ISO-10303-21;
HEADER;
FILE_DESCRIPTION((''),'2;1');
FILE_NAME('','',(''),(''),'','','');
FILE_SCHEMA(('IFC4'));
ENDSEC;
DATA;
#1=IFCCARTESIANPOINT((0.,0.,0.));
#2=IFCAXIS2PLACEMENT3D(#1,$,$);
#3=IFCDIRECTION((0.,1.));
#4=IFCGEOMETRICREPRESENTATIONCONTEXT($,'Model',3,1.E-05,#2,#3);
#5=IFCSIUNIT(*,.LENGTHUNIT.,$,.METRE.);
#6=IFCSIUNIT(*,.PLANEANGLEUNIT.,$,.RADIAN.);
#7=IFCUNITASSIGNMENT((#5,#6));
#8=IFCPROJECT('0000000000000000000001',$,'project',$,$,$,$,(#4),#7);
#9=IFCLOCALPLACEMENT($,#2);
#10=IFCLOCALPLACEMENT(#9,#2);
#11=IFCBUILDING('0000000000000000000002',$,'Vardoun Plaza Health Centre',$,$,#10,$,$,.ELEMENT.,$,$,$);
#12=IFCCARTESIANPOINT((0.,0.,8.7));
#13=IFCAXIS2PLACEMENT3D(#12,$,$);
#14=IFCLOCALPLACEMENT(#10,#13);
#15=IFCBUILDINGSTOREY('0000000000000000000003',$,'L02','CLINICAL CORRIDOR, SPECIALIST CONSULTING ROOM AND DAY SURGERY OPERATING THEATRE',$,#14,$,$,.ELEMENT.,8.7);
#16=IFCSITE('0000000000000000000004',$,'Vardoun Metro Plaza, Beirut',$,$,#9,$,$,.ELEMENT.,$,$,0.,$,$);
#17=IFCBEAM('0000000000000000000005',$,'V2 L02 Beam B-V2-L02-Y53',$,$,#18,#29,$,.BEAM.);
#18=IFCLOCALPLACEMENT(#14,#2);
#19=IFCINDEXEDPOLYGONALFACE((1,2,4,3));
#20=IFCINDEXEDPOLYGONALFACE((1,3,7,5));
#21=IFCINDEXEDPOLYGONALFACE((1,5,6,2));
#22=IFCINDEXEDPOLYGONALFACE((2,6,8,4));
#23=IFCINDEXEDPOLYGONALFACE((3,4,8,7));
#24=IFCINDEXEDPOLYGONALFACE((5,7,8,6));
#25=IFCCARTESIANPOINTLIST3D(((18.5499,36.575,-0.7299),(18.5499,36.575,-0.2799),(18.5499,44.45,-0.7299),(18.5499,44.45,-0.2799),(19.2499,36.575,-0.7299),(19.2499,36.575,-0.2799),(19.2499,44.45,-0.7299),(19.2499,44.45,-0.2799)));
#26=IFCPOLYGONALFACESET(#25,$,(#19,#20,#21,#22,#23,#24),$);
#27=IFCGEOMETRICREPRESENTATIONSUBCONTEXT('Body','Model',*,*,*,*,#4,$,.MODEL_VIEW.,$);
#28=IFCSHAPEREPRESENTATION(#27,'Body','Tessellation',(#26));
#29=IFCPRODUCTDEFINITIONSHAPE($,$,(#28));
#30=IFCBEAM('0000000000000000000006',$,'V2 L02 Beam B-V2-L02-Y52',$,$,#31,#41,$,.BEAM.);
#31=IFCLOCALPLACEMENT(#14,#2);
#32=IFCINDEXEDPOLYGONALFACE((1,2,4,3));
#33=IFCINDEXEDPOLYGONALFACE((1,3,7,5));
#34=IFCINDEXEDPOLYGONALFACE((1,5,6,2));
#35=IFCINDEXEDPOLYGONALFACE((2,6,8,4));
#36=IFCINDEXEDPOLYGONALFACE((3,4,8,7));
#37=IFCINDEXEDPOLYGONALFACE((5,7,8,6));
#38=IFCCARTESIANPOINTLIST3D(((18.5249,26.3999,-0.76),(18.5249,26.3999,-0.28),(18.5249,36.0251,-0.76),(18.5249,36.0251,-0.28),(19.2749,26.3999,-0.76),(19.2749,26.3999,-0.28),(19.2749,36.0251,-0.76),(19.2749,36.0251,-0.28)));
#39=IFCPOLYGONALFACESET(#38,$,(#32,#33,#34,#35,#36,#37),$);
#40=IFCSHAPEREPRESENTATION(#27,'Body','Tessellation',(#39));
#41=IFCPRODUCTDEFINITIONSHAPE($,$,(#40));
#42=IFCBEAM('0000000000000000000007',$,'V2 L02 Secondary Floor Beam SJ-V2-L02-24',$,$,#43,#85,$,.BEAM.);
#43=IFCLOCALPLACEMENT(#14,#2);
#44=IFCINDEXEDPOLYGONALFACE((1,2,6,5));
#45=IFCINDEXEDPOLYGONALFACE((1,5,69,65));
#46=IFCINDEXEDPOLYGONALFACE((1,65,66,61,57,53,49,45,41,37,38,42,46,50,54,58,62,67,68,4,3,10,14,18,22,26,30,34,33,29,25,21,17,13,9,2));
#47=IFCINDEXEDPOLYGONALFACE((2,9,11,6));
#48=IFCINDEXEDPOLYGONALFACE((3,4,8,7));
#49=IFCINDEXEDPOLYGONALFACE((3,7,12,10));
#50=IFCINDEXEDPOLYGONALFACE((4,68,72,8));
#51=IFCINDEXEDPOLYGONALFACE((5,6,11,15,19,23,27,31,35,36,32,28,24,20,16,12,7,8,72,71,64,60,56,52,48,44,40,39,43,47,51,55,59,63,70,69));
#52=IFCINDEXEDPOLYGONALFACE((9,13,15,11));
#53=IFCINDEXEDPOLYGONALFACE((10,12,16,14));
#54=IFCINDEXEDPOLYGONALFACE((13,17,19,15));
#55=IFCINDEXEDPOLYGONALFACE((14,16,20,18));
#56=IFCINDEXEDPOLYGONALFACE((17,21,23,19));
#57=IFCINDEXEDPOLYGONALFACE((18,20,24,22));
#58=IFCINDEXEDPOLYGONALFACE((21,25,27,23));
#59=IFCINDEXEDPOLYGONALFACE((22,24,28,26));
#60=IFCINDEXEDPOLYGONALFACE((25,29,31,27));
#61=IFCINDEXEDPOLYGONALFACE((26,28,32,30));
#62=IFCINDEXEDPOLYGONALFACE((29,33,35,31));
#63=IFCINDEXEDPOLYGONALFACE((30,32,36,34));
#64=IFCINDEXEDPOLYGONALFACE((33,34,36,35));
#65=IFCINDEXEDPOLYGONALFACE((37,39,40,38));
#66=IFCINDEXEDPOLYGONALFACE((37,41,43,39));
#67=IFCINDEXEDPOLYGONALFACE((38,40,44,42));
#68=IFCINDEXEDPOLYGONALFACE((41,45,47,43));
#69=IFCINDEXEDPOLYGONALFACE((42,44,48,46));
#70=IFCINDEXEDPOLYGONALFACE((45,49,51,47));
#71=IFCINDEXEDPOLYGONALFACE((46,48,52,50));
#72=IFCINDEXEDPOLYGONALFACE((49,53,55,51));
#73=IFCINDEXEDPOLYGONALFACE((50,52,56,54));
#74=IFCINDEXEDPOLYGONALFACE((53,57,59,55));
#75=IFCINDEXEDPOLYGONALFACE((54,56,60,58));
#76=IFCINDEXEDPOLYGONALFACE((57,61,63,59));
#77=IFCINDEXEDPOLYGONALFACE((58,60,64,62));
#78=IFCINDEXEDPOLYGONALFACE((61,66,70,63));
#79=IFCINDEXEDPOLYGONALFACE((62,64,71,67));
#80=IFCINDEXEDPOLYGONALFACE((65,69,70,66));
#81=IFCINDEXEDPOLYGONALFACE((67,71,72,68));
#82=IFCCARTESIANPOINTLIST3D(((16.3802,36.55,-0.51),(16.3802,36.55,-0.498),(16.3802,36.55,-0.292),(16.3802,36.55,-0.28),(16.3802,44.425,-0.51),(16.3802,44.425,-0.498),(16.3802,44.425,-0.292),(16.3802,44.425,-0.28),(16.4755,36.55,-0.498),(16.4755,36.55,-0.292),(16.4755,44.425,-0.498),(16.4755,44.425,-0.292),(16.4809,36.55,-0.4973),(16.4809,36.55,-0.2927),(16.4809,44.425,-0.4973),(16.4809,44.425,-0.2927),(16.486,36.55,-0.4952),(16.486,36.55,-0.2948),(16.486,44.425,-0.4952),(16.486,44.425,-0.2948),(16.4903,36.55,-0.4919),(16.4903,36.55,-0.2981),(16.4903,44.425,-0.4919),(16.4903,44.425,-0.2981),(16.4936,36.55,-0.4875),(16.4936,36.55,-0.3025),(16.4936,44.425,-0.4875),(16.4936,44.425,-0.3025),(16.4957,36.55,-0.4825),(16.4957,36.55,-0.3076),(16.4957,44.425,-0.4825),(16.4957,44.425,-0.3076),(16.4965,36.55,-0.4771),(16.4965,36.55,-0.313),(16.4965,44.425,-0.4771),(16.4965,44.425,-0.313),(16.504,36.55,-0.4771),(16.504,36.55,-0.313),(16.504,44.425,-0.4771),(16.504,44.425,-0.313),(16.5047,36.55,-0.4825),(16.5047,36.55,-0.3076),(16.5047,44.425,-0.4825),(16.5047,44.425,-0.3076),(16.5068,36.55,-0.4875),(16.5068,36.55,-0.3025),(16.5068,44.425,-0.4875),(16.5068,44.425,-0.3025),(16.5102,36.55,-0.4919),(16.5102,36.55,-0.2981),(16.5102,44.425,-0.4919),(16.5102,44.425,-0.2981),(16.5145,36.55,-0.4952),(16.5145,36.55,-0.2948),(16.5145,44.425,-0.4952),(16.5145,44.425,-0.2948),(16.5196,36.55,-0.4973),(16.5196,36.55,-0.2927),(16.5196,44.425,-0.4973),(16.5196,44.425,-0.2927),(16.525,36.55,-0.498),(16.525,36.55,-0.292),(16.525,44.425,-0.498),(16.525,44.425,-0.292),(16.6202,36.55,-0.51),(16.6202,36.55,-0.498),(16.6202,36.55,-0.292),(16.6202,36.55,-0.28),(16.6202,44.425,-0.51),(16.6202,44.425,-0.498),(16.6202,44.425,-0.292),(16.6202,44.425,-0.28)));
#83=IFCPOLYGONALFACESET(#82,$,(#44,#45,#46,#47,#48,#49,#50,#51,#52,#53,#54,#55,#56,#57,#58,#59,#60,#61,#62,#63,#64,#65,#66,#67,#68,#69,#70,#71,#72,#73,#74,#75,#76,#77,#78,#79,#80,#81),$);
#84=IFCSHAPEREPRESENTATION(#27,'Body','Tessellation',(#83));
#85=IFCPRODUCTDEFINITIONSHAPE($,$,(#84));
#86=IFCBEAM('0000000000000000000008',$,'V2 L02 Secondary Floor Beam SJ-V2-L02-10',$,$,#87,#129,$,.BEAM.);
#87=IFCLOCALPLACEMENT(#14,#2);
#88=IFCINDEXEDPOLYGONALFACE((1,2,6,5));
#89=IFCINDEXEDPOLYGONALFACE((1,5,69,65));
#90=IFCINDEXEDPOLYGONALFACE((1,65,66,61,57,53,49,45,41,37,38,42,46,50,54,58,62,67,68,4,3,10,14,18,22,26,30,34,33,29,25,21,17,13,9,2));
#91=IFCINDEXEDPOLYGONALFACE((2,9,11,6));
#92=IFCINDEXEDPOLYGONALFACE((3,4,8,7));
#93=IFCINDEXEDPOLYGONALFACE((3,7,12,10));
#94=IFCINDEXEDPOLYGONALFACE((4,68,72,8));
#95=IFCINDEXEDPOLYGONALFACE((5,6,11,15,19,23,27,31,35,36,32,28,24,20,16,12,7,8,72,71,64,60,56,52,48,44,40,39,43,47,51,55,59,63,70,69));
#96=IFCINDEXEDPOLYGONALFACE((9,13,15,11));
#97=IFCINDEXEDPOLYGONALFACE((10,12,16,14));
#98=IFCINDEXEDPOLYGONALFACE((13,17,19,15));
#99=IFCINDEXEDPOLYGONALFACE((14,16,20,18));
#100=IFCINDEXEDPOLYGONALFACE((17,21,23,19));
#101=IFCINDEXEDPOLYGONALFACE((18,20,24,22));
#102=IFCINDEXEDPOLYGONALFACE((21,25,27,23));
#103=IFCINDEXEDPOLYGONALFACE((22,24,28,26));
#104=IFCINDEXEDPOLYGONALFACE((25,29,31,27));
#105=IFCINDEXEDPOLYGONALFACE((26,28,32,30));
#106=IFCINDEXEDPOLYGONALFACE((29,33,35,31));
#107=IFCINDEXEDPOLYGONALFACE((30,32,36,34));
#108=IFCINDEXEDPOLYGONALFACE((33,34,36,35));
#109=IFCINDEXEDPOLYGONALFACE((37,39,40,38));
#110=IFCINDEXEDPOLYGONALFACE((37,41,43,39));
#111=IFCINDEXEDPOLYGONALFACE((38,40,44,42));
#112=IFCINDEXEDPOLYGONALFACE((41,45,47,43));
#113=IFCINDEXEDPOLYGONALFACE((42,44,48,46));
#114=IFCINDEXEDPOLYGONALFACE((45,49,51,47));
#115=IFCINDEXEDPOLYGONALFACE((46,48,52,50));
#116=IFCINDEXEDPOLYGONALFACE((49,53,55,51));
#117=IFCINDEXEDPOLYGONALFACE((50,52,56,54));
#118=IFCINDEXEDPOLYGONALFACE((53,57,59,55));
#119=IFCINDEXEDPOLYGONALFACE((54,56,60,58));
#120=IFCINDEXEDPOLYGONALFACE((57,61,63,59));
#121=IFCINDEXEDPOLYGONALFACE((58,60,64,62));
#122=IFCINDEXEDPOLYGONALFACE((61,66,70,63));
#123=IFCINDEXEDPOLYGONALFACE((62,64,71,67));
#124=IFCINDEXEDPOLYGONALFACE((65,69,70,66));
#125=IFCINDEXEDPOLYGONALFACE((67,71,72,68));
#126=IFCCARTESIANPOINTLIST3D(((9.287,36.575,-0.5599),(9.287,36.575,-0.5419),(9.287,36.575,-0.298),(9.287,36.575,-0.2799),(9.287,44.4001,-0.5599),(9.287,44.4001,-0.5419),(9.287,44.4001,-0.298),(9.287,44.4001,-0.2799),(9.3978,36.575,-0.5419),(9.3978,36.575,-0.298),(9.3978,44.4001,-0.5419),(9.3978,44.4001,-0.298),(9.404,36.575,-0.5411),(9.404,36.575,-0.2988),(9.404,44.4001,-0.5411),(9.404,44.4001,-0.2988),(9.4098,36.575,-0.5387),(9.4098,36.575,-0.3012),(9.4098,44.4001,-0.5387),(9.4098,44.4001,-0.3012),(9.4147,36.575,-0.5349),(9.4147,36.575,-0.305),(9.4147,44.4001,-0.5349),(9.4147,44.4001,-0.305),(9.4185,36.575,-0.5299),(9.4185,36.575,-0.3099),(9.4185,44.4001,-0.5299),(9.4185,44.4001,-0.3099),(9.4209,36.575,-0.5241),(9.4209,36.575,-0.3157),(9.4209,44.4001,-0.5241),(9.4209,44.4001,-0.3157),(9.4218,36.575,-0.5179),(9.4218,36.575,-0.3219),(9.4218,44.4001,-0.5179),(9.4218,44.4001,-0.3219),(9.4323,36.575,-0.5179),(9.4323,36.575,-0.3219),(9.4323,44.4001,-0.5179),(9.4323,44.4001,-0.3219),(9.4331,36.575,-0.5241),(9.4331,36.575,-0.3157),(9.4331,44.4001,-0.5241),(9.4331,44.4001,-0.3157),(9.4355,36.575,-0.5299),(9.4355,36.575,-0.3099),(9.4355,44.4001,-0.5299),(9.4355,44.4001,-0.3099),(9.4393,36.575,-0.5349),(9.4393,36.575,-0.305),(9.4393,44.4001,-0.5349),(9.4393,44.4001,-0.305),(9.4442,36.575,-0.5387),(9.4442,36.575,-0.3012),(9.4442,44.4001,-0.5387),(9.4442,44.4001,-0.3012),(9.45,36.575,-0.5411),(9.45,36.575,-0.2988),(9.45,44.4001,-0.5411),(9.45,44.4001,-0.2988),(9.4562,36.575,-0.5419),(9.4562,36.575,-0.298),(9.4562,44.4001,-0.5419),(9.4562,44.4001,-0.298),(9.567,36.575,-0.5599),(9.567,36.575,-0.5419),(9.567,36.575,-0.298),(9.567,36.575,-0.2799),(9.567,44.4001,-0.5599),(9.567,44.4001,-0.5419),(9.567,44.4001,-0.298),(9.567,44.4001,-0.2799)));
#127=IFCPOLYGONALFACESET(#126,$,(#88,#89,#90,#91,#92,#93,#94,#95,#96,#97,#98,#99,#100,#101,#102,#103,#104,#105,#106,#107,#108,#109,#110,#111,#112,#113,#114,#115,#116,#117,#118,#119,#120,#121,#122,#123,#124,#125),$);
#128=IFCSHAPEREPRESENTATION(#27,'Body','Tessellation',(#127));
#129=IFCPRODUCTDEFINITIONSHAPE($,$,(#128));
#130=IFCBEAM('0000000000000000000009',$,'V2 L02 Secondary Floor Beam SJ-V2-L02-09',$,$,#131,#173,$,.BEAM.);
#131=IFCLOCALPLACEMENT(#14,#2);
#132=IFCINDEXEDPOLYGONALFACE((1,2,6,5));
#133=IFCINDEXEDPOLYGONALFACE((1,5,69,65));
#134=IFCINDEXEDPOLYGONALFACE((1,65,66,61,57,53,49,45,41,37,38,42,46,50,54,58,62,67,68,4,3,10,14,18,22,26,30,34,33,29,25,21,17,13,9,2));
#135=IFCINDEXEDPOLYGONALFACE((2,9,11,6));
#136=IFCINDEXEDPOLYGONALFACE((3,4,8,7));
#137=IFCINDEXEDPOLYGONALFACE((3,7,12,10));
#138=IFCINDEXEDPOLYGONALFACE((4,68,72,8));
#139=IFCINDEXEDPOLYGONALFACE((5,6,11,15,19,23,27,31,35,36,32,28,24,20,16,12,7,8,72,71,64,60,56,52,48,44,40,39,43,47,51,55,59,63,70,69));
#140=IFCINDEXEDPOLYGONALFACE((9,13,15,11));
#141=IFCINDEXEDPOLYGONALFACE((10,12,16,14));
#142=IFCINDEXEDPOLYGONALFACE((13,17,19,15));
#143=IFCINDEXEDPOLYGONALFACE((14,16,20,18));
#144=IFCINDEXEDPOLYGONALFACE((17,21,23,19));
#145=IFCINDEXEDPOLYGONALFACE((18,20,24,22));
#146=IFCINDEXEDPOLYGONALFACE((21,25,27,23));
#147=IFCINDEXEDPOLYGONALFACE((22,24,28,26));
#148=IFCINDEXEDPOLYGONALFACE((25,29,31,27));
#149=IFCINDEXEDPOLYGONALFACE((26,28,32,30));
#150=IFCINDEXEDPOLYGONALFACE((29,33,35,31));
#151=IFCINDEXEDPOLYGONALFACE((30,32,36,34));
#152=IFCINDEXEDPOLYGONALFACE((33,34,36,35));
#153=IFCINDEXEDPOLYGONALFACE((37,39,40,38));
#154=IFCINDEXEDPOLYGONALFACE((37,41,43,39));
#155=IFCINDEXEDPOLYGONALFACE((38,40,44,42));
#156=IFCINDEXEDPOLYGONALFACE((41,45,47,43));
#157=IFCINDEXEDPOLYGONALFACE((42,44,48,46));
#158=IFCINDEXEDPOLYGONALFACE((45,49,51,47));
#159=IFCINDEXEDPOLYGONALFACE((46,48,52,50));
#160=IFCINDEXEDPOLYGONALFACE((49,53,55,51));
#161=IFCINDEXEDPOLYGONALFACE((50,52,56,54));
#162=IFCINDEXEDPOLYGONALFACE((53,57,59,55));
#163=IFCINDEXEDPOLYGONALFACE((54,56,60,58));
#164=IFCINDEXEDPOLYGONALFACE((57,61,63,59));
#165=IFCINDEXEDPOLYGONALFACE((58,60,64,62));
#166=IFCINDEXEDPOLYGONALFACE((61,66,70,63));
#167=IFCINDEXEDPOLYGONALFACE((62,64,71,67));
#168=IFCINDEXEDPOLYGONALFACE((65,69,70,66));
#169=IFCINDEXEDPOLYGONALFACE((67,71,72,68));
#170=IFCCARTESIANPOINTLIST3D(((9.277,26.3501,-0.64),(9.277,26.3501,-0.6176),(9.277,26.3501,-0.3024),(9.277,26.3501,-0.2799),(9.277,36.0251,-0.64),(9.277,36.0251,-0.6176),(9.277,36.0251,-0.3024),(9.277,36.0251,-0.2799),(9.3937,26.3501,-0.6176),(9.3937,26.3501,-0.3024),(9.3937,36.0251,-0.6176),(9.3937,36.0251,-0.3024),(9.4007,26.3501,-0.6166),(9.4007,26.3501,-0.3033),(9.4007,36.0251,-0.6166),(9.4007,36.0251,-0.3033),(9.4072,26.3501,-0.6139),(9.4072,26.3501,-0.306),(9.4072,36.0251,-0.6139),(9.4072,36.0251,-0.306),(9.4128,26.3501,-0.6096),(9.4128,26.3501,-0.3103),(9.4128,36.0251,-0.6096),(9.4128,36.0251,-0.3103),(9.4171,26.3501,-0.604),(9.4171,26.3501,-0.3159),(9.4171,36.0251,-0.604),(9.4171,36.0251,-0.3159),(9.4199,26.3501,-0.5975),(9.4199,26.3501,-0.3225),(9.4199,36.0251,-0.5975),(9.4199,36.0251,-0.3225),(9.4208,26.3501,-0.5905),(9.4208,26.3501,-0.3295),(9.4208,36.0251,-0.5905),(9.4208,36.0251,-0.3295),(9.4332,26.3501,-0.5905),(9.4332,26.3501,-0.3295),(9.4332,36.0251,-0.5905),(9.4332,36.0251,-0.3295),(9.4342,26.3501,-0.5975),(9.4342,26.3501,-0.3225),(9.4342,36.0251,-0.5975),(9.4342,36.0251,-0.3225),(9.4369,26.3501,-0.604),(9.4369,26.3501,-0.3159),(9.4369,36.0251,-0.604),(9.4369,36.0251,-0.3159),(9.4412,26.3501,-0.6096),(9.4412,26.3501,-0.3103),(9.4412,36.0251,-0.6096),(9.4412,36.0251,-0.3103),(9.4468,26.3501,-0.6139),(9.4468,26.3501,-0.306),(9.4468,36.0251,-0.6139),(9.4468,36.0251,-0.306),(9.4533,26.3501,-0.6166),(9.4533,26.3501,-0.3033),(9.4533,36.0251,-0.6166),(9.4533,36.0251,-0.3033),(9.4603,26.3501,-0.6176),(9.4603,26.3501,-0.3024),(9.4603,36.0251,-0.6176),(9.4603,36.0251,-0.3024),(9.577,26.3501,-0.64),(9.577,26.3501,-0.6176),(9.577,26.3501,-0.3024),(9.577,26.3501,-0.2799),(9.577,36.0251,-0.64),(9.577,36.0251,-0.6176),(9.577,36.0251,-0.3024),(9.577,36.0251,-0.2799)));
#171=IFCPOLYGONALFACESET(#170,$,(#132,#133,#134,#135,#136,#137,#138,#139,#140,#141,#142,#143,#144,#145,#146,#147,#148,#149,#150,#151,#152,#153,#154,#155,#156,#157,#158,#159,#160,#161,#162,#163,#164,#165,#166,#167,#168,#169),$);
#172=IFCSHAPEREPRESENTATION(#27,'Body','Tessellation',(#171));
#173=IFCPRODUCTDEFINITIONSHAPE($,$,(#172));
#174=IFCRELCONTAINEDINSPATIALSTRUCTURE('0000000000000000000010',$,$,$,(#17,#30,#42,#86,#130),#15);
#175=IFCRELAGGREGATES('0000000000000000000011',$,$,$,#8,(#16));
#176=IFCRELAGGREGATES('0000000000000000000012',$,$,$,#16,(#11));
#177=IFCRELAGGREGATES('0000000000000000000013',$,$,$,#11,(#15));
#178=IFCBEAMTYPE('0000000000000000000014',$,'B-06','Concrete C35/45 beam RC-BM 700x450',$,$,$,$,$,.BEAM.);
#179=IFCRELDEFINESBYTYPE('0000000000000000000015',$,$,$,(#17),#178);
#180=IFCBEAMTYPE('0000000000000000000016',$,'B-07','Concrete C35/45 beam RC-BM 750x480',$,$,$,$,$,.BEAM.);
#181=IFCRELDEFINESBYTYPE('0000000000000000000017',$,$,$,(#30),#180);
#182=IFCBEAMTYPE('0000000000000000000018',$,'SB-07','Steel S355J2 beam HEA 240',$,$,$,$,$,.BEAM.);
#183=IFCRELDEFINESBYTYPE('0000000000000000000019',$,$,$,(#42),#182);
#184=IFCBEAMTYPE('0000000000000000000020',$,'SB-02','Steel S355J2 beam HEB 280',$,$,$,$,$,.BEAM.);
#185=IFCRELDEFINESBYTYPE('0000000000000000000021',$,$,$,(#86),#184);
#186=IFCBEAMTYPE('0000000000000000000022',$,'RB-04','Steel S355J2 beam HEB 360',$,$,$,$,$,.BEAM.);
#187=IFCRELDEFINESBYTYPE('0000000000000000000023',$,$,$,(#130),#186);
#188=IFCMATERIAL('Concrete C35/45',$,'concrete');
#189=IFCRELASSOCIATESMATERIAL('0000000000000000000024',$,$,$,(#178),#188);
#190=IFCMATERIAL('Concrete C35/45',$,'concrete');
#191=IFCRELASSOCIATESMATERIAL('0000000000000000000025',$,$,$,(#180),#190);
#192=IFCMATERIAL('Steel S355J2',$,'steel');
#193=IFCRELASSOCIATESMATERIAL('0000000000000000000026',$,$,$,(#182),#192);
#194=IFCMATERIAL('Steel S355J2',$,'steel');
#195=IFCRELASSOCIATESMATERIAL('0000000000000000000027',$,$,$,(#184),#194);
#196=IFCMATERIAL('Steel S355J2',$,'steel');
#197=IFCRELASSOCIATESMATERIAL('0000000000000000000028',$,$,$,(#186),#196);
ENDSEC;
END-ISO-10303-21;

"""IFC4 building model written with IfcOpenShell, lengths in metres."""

from ifc_helpers import new_model, si_unit, direction, frame, origin, origin_2d, place, context, subcontext, project, spatial, rectangle, i_section, extrude, material, material_profile, profile_set, type_object, element, save


model = new_model("IFC4")

# Units and contexts
model_context = context("Model", 3, precision=1e-05, world=origin(), true_north=direction((0.0, 1.0)))
body_context = subcontext(model_context, "Body", "Model", "MODEL_VIEW")
ifc_project = project(units=[si_unit("LENGTHUNIT", "METRE"), si_unit("PLANEANGLEUNIT", "RADIAN")], contexts=[model_context])

# Site, building, storey
site_placement = place(None, origin())
site = spatial("IfcSite", under=ifc_project, at=site_placement, Name="Vardoun Metro Plaza, Beirut", CompositionType="ELEMENT", RefElevation=0.0)
building_placement = place(site_placement, origin())
building = spatial("IfcBuilding", under=site, at=building_placement, Name="Vardoun Plaza Health Centre", CompositionType="ELEMENT")
storey_placement = place(building_placement, frame((0.0, 0.0, 8.7)))
storey = spatial("IfcBuildingStorey", under=building, at=storey_placement, Name="L02", Description="CLINICAL CORRIDOR, SPECIALIST CONSULTING ROOM AND DAY SURGERY OPERATING THEATRE", CompositionType="ELEMENT", Elevation=8.7)

# Beams
ifc_material_1 = material(Name="Concrete C35/45", Category="concrete")
ifc_material_profile_1 = material_profile(ifc_material_1, rectangle(XDim=0.7, YDim=0.45, at=origin_2d()), Name="RC-BM 700x450")
ifc_profile_set_1 = profile_set([ifc_material_profile_1], Name="Concrete C35/45")
beam_type_1 = type_object("IfcBeamType", Name="B-06", Description="Concrete C35/45 beam RC-BM 700x450", PredefinedType="BEAM", material=ifc_profile_set_1)
beam_1_placement = place(storey_placement, frame((18.8999, 36.575, -0.5049), z_axis=(0.0, 1.0, 0.0), x_axis=(-1.0, 0.0, 0.0)))
element("IfcBeam", 1, at=beam_1_placement, inside=storey, type_object=beam_type_1, Name="V2 L02 Beam B-V2-L02-Y53", PredefinedType="BEAM", context=body_context, shape_type="SweptSolid", body=[
    extrude(rectangle(XDim=0.7, YDim=0.45, at=origin_2d()), origin(), (0.0, 0.0, 1.0), 7.875),
])
ifc_material_2 = material(Name="Concrete C35/45", Category="concrete")
ifc_material_profile_2 = material_profile(ifc_material_2, rectangle(XDim=0.75, YDim=0.48, at=origin_2d()), Name="RC-BM 750x480")
ifc_profile_set_2 = profile_set([ifc_material_profile_2], Name="Concrete C35/45")
beam_type_2 = type_object("IfcBeamType", Name="B-07", Description="Concrete C35/45 beam RC-BM 750x480", PredefinedType="BEAM", material=ifc_profile_set_2)
beam_2_placement = place(storey_placement, frame((18.8999, 26.3999, -0.52), z_axis=(0.0, 1.0, 0.0), x_axis=(-1.0, 0.0, 0.0)))
element("IfcBeam", 2, at=beam_2_placement, inside=storey, type_object=beam_type_2, Name="V2 L02 Beam B-V2-L02-Y52", PredefinedType="BEAM", context=body_context, shape_type="SweptSolid", body=[
    extrude(rectangle(XDim=0.75, YDim=0.48, at=origin_2d()), origin(), (0.0, 0.0, 1.0), 9.6252),
])
ifc_material_3 = material(Name="Steel S355J2", Category="steel")
ifc_material_profile_3 = material_profile(ifc_material_3, i_section(OverallWidth=0.24, OverallDepth=0.23, WebThickness=0.0076, FlangeThickness=0.012, FilletRadius=0.021, at=origin_2d()), Name="HEA 240")
ifc_profile_set_3 = profile_set([ifc_material_profile_3], Name="Steel S355J2")
beam_type_3 = type_object("IfcBeamType", Name="SB-07", Description="Steel S355J2 beam HEA 240", PredefinedType="BEAM", material=ifc_profile_set_3)
beam_3_placement = place(storey_placement, frame((16.5002, 36.55, -0.395), z_axis=(0.0, 1.0, 0.0), x_axis=(-1.0, 0.0, 0.0)))
element("IfcBeam", 3, at=beam_3_placement, inside=storey, type_object=beam_type_3, Name="V2 L02 Secondary Floor Beam SJ-V2-L02-24", PredefinedType="BEAM", context=body_context, shape_type="SweptSolid", body=[
    extrude(i_section(OverallWidth=0.24, OverallDepth=0.23, WebThickness=0.0076, FlangeThickness=0.012, FilletRadius=0.021, at=origin_2d()), origin(), (0.0, 0.0, 1.0), 7.875),
])
ifc_material_4 = material(Name="Steel S355J2", Category="steel")
ifc_material_profile_4 = material_profile(ifc_material_4, i_section(OverallWidth=0.28, OverallDepth=0.28, WebThickness=0.0105, FlangeThickness=0.0181, FilletRadius=0.0239, at=origin_2d()), Name="HEB 280")
ifc_profile_set_4 = profile_set([ifc_material_profile_4], Name="Steel S355J2")
beam_type_4 = type_object("IfcBeamType", Name="SB-02", Description="Steel S355J2 beam HEB 280", PredefinedType="BEAM", material=ifc_profile_set_4)
beam_4_placement = place(storey_placement, frame((9.427, 36.575, -0.4199), z_axis=(0.0, 1.0, 0.0), x_axis=(-1.0, 0.0, 0.0)))
element("IfcBeam", 4, at=beam_4_placement, inside=storey, type_object=beam_type_4, Name="V2 L02 Secondary Floor Beam SJ-V2-L02-10", PredefinedType="BEAM", context=body_context, shape_type="SweptSolid", body=[
    extrude(i_section(OverallWidth=0.28, OverallDepth=0.28, WebThickness=0.0105, FlangeThickness=0.0181, FilletRadius=0.0239, at=origin_2d()), origin(), (0.0, 0.0, 1.0), 7.8252),
])
ifc_material_5 = material(Name="Steel S355J2", Category="steel")
ifc_material_profile_5 = material_profile(ifc_material_5, i_section(OverallWidth=0.3, OverallDepth=0.3601, WebThickness=0.0125, FlangeThickness=0.0225, FilletRadius=0.0271, at=origin_2d()), Name="HEB 360")
ifc_profile_set_5 = profile_set([ifc_material_profile_5], Name="Steel S355J2")
beam_type_5 = type_object("IfcBeamType", Name="RB-04", Description="Steel S355J2 beam HEB 360", PredefinedType="BEAM", material=ifc_profile_set_5)
beam_5_placement = place(storey_placement, frame((9.427, 26.3501, -0.46), z_axis=(0.0, 1.0, 0.0), x_axis=(-1.0, 0.0, 0.0)))
element("IfcBeam", 5, at=beam_5_placement, inside=storey, type_object=beam_type_5, Name="V2 L02 Secondary Floor Beam SJ-V2-L02-09", PredefinedType="BEAM", context=body_context, shape_type="SweptSolid", body=[
    extrude(i_section(OverallWidth=0.3, OverallDepth=0.3601, WebThickness=0.0125, FlangeThickness=0.0225, FilletRadius=0.0271, at=origin_2d()), origin(), (0.0, 0.0, 1.0), 9.675),
])

save(model, "model.ifc")
